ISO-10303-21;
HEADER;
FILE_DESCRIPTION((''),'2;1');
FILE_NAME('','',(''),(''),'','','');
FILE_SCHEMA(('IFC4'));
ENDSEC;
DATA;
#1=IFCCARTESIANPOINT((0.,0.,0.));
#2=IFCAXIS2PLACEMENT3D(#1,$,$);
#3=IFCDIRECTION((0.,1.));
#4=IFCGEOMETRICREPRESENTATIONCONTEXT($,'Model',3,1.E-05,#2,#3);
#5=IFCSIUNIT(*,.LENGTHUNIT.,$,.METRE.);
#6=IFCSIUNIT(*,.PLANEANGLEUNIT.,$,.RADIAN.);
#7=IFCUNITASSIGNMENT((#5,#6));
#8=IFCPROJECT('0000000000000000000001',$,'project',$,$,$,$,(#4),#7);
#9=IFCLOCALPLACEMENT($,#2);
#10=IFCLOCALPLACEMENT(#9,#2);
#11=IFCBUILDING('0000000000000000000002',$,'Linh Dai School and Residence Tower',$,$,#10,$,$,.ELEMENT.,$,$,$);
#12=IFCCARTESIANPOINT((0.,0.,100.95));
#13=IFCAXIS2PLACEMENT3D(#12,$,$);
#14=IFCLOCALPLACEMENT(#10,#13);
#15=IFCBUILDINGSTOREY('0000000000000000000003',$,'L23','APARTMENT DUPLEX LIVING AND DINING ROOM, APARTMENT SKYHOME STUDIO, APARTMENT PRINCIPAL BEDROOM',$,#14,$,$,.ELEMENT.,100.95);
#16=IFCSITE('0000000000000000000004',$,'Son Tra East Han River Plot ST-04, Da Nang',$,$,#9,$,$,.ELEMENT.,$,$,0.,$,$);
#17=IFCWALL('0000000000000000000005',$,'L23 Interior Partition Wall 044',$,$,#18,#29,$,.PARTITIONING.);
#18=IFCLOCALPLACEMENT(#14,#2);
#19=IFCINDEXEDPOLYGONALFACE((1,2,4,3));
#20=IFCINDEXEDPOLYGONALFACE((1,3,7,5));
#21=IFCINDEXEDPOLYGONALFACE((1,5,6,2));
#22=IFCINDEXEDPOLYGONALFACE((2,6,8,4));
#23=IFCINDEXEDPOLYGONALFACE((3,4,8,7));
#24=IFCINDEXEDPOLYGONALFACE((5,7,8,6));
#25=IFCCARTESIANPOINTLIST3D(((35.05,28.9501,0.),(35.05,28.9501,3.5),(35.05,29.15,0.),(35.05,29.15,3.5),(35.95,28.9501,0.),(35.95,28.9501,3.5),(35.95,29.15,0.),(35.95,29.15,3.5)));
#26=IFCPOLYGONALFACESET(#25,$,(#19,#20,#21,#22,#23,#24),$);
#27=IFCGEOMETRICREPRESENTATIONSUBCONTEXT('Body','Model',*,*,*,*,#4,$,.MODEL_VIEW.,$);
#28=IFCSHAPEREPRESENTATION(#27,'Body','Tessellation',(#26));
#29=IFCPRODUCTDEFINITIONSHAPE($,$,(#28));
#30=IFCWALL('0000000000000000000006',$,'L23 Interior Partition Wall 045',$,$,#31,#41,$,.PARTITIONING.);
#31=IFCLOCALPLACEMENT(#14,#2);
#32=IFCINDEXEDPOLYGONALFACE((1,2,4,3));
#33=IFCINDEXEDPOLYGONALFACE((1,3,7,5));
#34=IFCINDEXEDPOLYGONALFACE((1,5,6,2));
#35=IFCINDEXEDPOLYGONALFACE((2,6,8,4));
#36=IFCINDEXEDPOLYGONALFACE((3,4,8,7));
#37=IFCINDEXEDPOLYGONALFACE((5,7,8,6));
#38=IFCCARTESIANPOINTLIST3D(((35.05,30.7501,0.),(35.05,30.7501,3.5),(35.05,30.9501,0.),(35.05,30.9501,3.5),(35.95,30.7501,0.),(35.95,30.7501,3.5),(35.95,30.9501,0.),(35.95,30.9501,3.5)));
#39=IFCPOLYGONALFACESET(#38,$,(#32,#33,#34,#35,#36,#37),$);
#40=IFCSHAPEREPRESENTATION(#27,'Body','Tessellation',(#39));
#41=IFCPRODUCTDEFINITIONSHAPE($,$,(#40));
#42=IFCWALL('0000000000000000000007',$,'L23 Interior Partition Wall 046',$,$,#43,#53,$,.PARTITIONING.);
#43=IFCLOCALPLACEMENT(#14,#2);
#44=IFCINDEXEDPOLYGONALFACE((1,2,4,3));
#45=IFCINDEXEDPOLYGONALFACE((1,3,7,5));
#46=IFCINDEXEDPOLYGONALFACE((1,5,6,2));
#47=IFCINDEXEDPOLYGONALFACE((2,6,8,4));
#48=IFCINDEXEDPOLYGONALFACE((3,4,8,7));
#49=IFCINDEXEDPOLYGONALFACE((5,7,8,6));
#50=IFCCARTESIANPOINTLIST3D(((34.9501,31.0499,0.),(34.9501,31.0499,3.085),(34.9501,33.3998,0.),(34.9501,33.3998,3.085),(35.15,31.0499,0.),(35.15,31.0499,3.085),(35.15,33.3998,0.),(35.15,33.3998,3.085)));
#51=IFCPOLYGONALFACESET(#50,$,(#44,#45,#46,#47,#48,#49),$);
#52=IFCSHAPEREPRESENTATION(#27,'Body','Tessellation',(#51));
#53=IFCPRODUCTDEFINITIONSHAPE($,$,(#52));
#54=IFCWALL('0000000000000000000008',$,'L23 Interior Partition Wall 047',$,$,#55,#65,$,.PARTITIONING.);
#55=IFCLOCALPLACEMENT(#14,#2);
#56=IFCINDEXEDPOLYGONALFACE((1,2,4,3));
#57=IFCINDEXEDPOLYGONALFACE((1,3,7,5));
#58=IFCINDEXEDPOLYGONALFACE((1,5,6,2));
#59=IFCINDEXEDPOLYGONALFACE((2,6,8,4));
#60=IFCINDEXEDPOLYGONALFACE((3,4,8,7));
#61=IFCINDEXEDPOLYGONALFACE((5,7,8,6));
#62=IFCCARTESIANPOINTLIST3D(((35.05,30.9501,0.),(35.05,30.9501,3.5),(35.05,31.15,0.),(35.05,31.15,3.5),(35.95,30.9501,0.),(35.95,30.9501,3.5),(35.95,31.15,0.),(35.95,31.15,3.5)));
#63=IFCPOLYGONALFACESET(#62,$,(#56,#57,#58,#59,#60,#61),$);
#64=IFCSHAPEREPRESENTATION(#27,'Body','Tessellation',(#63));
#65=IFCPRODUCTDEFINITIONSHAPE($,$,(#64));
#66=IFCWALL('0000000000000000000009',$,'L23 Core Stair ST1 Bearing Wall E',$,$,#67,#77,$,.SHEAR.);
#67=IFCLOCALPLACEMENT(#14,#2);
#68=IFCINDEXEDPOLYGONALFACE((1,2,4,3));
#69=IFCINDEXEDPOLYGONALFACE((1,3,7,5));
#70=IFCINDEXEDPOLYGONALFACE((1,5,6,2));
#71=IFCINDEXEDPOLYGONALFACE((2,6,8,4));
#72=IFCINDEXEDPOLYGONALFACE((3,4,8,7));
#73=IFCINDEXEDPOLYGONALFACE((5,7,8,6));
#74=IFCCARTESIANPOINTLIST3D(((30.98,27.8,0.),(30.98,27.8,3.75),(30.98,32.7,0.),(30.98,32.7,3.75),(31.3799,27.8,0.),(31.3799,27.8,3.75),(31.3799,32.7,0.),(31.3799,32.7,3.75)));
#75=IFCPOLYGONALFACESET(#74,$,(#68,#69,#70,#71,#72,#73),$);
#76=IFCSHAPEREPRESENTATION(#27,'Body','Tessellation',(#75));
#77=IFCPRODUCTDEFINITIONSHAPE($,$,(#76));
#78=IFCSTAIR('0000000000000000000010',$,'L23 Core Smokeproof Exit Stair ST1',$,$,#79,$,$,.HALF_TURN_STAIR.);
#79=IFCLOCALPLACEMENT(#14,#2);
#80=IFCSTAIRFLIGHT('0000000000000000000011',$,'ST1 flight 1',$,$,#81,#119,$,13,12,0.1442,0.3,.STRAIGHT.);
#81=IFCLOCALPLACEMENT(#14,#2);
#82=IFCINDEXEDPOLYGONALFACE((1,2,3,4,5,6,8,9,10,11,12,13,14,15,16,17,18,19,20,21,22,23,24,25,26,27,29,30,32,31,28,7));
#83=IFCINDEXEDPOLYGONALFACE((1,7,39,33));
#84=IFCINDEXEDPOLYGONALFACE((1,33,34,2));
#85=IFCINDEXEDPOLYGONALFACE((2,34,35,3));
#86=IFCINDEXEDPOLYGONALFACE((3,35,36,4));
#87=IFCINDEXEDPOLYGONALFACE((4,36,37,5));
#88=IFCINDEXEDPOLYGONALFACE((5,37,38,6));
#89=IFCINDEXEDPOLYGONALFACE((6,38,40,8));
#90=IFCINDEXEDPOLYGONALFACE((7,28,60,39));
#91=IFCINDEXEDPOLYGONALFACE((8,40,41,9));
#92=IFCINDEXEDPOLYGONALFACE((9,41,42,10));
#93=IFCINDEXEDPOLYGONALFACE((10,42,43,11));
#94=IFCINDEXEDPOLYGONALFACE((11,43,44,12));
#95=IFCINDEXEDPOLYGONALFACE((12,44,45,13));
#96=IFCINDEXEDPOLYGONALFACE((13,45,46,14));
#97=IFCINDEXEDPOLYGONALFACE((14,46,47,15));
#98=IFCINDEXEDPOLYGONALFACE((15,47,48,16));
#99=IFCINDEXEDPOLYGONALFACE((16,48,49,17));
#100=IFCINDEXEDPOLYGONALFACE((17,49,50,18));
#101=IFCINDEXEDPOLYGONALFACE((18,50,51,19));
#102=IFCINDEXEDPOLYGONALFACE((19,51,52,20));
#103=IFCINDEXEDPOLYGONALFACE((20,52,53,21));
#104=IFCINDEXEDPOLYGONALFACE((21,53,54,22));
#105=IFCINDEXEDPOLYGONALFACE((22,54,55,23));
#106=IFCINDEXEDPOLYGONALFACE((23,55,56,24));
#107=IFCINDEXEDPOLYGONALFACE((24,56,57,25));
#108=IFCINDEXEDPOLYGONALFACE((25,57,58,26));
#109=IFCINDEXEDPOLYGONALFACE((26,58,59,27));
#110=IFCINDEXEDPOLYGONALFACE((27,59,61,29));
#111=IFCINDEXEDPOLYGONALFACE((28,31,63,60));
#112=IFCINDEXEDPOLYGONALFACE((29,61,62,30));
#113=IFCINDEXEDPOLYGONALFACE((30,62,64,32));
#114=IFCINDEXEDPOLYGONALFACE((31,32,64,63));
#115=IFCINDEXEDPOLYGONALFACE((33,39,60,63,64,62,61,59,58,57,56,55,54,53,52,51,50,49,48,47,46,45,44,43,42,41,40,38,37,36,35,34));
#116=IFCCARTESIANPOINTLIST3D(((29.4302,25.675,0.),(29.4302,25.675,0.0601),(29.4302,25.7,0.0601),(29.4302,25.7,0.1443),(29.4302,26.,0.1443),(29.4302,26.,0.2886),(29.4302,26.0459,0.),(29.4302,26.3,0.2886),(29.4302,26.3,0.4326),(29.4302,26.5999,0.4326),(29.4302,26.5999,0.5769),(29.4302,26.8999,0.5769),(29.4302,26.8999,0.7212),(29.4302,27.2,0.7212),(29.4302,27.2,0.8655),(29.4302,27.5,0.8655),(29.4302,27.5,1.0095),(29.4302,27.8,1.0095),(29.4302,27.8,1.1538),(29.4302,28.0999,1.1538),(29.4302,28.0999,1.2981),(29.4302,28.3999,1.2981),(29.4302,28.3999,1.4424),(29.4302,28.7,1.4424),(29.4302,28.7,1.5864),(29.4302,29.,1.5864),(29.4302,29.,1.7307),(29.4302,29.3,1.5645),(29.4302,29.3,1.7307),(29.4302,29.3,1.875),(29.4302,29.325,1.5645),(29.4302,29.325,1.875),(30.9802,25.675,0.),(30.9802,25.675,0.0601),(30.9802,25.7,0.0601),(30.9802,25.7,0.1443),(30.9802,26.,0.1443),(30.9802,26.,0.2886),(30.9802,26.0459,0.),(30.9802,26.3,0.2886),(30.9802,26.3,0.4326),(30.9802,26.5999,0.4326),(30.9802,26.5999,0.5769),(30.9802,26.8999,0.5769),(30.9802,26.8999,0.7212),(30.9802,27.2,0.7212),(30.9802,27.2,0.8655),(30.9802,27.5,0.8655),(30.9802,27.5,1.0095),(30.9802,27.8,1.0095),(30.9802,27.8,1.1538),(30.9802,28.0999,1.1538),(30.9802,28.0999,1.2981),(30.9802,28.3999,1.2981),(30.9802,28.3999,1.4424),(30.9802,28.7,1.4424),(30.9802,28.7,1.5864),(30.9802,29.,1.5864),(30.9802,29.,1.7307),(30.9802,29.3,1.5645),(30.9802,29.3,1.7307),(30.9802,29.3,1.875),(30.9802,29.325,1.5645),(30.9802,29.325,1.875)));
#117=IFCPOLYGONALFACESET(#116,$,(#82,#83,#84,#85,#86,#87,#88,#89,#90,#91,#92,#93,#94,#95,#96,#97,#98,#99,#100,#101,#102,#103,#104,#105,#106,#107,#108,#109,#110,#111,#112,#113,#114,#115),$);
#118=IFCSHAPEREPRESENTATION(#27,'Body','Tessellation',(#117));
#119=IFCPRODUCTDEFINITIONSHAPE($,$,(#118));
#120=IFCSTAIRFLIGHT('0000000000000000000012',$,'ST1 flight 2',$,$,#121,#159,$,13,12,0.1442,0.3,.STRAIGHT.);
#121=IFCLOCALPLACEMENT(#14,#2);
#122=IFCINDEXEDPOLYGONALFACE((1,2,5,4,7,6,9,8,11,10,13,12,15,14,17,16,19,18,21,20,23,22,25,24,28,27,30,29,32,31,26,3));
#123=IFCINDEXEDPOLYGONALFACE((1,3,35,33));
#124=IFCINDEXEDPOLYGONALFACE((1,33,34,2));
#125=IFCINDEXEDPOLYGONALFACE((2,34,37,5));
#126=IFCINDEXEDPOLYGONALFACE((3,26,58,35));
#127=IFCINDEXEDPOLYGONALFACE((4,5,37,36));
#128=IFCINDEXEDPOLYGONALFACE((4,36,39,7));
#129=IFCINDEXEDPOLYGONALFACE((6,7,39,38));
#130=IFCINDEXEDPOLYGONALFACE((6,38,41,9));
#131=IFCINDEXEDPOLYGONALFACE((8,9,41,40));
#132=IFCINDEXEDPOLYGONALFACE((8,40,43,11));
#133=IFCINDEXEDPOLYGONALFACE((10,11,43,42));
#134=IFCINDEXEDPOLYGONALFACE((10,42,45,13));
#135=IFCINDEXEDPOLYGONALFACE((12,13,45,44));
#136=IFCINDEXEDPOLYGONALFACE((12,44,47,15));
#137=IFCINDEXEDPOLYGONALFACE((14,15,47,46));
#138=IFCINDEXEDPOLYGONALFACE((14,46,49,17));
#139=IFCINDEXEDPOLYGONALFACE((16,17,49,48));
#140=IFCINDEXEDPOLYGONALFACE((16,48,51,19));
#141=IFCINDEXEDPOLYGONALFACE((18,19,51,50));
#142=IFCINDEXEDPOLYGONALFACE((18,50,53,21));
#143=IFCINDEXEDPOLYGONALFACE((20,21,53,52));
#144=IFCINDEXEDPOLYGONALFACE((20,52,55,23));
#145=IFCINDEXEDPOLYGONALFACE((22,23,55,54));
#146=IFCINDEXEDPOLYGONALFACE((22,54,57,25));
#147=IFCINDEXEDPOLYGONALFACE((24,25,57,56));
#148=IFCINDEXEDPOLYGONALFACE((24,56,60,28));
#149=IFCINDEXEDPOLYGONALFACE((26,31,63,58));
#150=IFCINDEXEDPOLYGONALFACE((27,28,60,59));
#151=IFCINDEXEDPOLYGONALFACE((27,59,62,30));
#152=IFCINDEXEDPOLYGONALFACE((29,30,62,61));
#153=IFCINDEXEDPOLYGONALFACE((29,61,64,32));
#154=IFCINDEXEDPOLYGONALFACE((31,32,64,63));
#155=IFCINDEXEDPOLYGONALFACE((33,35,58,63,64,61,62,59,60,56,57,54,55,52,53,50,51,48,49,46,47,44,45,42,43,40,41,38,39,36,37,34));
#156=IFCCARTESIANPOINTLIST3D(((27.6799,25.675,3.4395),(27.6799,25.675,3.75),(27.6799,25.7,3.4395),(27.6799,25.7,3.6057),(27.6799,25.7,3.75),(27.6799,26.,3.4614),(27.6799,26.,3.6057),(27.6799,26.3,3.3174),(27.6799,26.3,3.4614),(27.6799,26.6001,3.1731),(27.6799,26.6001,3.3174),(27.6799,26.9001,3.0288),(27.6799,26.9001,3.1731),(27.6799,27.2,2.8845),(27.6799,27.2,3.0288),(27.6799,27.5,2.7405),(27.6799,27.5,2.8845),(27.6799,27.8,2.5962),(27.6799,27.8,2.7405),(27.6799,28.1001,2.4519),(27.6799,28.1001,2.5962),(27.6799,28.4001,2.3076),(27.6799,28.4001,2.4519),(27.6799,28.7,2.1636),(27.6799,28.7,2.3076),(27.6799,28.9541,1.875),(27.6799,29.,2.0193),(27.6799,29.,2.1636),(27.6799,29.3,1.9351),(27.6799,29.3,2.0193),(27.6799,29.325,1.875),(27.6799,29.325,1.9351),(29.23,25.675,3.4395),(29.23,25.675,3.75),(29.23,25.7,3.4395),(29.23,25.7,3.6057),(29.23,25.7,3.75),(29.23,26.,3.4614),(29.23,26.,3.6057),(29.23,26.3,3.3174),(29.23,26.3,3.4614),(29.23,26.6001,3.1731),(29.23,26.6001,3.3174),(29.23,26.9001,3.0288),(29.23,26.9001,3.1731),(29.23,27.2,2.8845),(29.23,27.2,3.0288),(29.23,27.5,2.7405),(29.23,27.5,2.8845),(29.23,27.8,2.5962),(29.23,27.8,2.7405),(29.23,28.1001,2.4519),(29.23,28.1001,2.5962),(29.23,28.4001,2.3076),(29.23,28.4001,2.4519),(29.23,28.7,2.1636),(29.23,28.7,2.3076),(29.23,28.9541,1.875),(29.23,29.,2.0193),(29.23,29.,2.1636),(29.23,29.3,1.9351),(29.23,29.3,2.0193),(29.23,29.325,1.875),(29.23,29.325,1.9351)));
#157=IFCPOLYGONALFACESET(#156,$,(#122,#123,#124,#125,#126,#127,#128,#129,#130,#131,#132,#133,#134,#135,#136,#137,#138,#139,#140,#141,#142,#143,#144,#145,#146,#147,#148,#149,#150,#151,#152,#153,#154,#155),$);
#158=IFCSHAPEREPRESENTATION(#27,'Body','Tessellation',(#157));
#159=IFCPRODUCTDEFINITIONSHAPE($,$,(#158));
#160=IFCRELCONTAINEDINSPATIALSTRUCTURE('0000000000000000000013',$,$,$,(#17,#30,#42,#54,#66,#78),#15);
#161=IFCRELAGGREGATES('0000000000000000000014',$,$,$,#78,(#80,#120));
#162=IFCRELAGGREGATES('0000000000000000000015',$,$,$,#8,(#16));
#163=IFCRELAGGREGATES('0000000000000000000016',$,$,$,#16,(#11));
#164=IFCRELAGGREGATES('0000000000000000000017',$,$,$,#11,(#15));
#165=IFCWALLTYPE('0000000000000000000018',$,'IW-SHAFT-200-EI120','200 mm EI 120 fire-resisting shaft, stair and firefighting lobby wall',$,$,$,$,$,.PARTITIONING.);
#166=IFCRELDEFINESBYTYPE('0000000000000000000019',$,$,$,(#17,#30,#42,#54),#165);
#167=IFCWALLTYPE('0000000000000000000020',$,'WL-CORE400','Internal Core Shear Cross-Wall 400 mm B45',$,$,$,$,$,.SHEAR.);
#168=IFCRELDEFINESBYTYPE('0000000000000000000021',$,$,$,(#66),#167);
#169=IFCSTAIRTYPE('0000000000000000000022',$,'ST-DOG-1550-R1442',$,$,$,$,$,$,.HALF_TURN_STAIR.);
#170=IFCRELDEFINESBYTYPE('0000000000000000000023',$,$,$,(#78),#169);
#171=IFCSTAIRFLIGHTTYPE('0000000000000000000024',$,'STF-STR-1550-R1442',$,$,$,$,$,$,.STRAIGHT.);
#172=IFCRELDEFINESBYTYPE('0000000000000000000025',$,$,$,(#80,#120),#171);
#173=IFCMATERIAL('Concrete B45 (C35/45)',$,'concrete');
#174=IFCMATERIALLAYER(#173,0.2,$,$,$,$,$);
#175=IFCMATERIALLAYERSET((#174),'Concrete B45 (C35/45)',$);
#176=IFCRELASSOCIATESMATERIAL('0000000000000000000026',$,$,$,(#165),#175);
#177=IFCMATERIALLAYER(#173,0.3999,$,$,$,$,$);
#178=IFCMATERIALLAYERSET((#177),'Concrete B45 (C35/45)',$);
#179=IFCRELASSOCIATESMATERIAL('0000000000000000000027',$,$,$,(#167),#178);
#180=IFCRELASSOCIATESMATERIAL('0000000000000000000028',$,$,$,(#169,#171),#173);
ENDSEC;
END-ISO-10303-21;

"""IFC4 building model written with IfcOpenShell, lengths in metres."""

from ifc_helpers import new_model, si_unit, direction, frame, frame_2d, origin, place, context, subcontext, project, spatial, polyline, rectangle, outline, extrude, source, transform, mapped, material, layer, layer_set, type_object, element, aggregate, save


model = new_model("IFC4")

# Units and contexts
model_context = context("Model", 3, precision=1e-05, world=origin(), true_north=direction((0.0, 1.0)))
body_context = subcontext(model_context, "Body", "Model", "MODEL_VIEW")
ifc_project = project(units=[si_unit("LENGTHUNIT", "METRE"), si_unit("PLANEANGLEUNIT", "RADIAN")], contexts=[model_context])

# Site, building, storey
site_placement = place(None, origin())
site = spatial("IfcSite", under=ifc_project, at=site_placement, Name="Son Tra East Han River Plot ST-04, Da Nang", CompositionType="ELEMENT", RefElevation=0.0)
building_placement = place(site_placement, origin())
building = spatial("IfcBuilding", under=site, at=building_placement, Name="Linh Dai School and Residence Tower", CompositionType="ELEMENT")
storey_placement = place(building_placement, frame((0.0, 0.0, 100.95)))
storey = spatial("IfcBuildingStorey", under=building, at=storey_placement, Name="L23", Description="APARTMENT DUPLEX LIVING AND DINING ROOM, APARTMENT SKYHOME STUDIO, APARTMENT PRINCIPAL BEDROOM", CompositionType="ELEMENT", Elevation=100.95)

# Shared definitions
ifc_material_1 = material(Name="Concrete B45 (C35/45)", Category="concrete")
ifc_layer_1 = layer(ifc_material_1, 0.2)
ifc_layer_set_1 = layer_set([ifc_layer_1], Name="Concrete B45 (C35/45)")
wall_type_1 = type_object("IfcWallType", Name="IW-SHAFT-200-EI120", Description="200 mm EI 120 fire-resisting shaft, stair and firefighting lobby wall", PredefinedType="PARTITIONING", material=ifc_layer_set_1)

# Walls
for number, where, z_axis, x_axis, name in (
    (1, (35.05, 29.05, 0.0), (0.0, 0.0, 1.0), (1.0, 0.0, 0.0), "L23 Interior Partition Wall 044"),
    (2, (35.05, 30.8501, 0.0), (0.0, 0.0, 1.0), (1.0, 0.0, 0.0), "L23 Interior Partition Wall 045"),
):
    element("IfcWall", number, at=place(storey_placement, frame(where, z_axis=z_axis, x_axis=x_axis)), inside=storey, type_object=wall_type_1, Name=name, PredefinedType="PARTITIONING", context=body_context, shape_type="SweptSolid", body=[
        extrude(rectangle(XDim=0.8999, YDim=0.2, at=frame_2d((0.45, 0.0))), origin(), (0.0, 0.0, 1.0), 3.5),
    ])
wall_1_placement = place(storey_placement, frame((35.05, 31.05, 0.0), z_axis=(0.0, 0.0, 1.0), x_axis=(0.0, 1.0, 0.0)))
element("IfcWall", 3, at=wall_1_placement, inside=storey, type_object=wall_type_1, Name="L23 Interior Partition Wall 046", PredefinedType="PARTITIONING", context=body_context, shape_type="SweptSolid", body=[
    extrude(rectangle(XDim=2.3499, YDim=0.2, at=frame_2d((1.1748, 0.0))), origin(), (0.0, 0.0, 1.0), 3.085),
])
wall_2_placement = place(storey_placement, frame((35.05, 31.05, 0.0), z_axis=(0.0, 0.0, 1.0), x_axis=(1.0, 0.0, 0.0)))
element("IfcWall", 4, at=wall_2_placement, inside=storey, type_object=wall_type_1, Name="L23 Interior Partition Wall 047", PredefinedType="PARTITIONING", context=body_context, shape_type="SweptSolid", body=[
    extrude(rectangle(XDim=0.8999, YDim=0.2, at=frame_2d((0.45, 0.0))), origin(), (0.0, 0.0, 1.0), 3.5),
])
ifc_layer_2 = layer(ifc_material_1, 0.3999)
ifc_layer_set_2 = layer_set([ifc_layer_2], Name="Concrete B45 (C35/45)")
wall_type_2 = type_object("IfcWallType", Name="WL-CORE400", Description="Internal Core Shear Cross-Wall 400 mm B45", PredefinedType="SHEAR", material=ifc_layer_set_2)
wall_3_placement = place(storey_placement, frame((31.1799, 27.8, 0.0), z_axis=(0.0, 0.0, 1.0), x_axis=(0.0, 1.0, 0.0)))
element("IfcWall", 5, at=wall_3_placement, inside=storey, type_object=wall_type_2, Name="L23 Core Stair ST1 Bearing Wall E", PredefinedType="SHEAR", context=body_context, shape_type="SweptSolid", body=[
    extrude(rectangle(XDim=4.8999, YDim=0.3999, at=frame_2d((2.45, 0.0))), origin(), (0.0, 0.0, 1.0), 3.75),
])

# Stair, stair flights
stair_type = type_object("IfcStairType", Name="ST-DOG-1550-R1442", PredefinedType="HALF_TURN_STAIR", material=ifc_material_1)
stair_placement = place(storey_placement, origin())
stair = element("IfcStair", 6, at=stair_placement, inside=storey, type_object=stair_type, Name="L23 Core Smokeproof Exit Stair ST1", PredefinedType="HALF_TURN_STAIR")
stair_flight_type = type_object("IfcStairFlightType", Name="STF-STR-1550-R1442", PredefinedType="STRAIGHT", material=ifc_material_1)
shared_shape_1 = source(origin(), body_context, "Body", "SweptSolid", [
    extrude(outline(polyline([(-0.0249, 0.0), (-0.0249, 0.0601), (0.0, 0.0601), (0.0, 0.1443), (0.3, 0.1443), (0.3, 0.2886), (0.6001, 0.2886), (0.6001, 0.4326), (0.8999, 0.4326), (0.8999, 0.5769), (1.2, 0.5769), (1.2, 0.7212), (1.5, 0.7212), (1.5, 0.8655), (1.8, 0.8655), (1.8, 1.0095), (2.1001, 1.0095), (2.1001, 1.1538), (2.3999, 1.1538), (2.3999, 1.2981), (2.7, 1.2981), (2.7, 1.4424), (3.0, 1.4424), (3.0, 1.5864), (3.3, 1.5864), (3.3, 1.7307), (3.6001, 1.7307), (3.6001, 1.875), (3.625, 1.875), (3.625, 1.5645), (3.6001, 1.5645), (0.3459, 0.0), (-0.0249, 0.0)])), frame((0.0, 0.7749, 0.0), z_axis=(0.0, -1.0, 0.0), x_axis=(1.0, 0.0, 0.0)), (0.0, 0.0, 1.0), 1.55),
])
stair_flight_1_placement = place(storey_placement, frame((30.2051, 25.7, 0.0), z_axis=(0.0, 0.0, 1.0), x_axis=(0.0, 1.0, 0.0)))
stair_flight_1 = element("IfcStairFlight", 7, at=stair_flight_1_placement, type_object=stair_flight_type, Name="ST1 flight 1", NumberOfRisers=13, NumberOfTreads=12, PredefinedType="STRAIGHT", RiserHeight=0.1442, TreadLength=0.3, context=body_context, shape_type="MappedRepresentation", body=[
    mapped(shared_shape_1, transform((0.0, 0.0, 0.0), x_axis=(1.0, 0.0, 0.0), y_axis=(0.0, 1.0, 0.0), z_axis=(0.0, 0.0, 1.0), scale=1.0)),
])
stair_flight_2_placement = place(storey_placement, frame((28.4551, 29.3, 1.875), z_axis=(0.0, 0.0, 1.0), x_axis=(0.0, -1.0, 0.0)))
stair_flight_2 = element("IfcStairFlight", 8, at=stair_flight_2_placement, type_object=stair_flight_type, Name="ST1 flight 2", NumberOfRisers=13, NumberOfTreads=12, PredefinedType="STRAIGHT", RiserHeight=0.1442, TreadLength=0.3, context=body_context, shape_type="MappedRepresentation", body=[
    mapped(shared_shape_1, transform((0.0, 0.0, 0.0), x_axis=(1.0, 0.0, 0.0), y_axis=(0.0, 1.0, 0.0), z_axis=(0.0, 0.0, 1.0), scale=1.0)),
])
aggregate(stair, [stair_flight_1, stair_flight_2])

save(model, "model.ifc")
